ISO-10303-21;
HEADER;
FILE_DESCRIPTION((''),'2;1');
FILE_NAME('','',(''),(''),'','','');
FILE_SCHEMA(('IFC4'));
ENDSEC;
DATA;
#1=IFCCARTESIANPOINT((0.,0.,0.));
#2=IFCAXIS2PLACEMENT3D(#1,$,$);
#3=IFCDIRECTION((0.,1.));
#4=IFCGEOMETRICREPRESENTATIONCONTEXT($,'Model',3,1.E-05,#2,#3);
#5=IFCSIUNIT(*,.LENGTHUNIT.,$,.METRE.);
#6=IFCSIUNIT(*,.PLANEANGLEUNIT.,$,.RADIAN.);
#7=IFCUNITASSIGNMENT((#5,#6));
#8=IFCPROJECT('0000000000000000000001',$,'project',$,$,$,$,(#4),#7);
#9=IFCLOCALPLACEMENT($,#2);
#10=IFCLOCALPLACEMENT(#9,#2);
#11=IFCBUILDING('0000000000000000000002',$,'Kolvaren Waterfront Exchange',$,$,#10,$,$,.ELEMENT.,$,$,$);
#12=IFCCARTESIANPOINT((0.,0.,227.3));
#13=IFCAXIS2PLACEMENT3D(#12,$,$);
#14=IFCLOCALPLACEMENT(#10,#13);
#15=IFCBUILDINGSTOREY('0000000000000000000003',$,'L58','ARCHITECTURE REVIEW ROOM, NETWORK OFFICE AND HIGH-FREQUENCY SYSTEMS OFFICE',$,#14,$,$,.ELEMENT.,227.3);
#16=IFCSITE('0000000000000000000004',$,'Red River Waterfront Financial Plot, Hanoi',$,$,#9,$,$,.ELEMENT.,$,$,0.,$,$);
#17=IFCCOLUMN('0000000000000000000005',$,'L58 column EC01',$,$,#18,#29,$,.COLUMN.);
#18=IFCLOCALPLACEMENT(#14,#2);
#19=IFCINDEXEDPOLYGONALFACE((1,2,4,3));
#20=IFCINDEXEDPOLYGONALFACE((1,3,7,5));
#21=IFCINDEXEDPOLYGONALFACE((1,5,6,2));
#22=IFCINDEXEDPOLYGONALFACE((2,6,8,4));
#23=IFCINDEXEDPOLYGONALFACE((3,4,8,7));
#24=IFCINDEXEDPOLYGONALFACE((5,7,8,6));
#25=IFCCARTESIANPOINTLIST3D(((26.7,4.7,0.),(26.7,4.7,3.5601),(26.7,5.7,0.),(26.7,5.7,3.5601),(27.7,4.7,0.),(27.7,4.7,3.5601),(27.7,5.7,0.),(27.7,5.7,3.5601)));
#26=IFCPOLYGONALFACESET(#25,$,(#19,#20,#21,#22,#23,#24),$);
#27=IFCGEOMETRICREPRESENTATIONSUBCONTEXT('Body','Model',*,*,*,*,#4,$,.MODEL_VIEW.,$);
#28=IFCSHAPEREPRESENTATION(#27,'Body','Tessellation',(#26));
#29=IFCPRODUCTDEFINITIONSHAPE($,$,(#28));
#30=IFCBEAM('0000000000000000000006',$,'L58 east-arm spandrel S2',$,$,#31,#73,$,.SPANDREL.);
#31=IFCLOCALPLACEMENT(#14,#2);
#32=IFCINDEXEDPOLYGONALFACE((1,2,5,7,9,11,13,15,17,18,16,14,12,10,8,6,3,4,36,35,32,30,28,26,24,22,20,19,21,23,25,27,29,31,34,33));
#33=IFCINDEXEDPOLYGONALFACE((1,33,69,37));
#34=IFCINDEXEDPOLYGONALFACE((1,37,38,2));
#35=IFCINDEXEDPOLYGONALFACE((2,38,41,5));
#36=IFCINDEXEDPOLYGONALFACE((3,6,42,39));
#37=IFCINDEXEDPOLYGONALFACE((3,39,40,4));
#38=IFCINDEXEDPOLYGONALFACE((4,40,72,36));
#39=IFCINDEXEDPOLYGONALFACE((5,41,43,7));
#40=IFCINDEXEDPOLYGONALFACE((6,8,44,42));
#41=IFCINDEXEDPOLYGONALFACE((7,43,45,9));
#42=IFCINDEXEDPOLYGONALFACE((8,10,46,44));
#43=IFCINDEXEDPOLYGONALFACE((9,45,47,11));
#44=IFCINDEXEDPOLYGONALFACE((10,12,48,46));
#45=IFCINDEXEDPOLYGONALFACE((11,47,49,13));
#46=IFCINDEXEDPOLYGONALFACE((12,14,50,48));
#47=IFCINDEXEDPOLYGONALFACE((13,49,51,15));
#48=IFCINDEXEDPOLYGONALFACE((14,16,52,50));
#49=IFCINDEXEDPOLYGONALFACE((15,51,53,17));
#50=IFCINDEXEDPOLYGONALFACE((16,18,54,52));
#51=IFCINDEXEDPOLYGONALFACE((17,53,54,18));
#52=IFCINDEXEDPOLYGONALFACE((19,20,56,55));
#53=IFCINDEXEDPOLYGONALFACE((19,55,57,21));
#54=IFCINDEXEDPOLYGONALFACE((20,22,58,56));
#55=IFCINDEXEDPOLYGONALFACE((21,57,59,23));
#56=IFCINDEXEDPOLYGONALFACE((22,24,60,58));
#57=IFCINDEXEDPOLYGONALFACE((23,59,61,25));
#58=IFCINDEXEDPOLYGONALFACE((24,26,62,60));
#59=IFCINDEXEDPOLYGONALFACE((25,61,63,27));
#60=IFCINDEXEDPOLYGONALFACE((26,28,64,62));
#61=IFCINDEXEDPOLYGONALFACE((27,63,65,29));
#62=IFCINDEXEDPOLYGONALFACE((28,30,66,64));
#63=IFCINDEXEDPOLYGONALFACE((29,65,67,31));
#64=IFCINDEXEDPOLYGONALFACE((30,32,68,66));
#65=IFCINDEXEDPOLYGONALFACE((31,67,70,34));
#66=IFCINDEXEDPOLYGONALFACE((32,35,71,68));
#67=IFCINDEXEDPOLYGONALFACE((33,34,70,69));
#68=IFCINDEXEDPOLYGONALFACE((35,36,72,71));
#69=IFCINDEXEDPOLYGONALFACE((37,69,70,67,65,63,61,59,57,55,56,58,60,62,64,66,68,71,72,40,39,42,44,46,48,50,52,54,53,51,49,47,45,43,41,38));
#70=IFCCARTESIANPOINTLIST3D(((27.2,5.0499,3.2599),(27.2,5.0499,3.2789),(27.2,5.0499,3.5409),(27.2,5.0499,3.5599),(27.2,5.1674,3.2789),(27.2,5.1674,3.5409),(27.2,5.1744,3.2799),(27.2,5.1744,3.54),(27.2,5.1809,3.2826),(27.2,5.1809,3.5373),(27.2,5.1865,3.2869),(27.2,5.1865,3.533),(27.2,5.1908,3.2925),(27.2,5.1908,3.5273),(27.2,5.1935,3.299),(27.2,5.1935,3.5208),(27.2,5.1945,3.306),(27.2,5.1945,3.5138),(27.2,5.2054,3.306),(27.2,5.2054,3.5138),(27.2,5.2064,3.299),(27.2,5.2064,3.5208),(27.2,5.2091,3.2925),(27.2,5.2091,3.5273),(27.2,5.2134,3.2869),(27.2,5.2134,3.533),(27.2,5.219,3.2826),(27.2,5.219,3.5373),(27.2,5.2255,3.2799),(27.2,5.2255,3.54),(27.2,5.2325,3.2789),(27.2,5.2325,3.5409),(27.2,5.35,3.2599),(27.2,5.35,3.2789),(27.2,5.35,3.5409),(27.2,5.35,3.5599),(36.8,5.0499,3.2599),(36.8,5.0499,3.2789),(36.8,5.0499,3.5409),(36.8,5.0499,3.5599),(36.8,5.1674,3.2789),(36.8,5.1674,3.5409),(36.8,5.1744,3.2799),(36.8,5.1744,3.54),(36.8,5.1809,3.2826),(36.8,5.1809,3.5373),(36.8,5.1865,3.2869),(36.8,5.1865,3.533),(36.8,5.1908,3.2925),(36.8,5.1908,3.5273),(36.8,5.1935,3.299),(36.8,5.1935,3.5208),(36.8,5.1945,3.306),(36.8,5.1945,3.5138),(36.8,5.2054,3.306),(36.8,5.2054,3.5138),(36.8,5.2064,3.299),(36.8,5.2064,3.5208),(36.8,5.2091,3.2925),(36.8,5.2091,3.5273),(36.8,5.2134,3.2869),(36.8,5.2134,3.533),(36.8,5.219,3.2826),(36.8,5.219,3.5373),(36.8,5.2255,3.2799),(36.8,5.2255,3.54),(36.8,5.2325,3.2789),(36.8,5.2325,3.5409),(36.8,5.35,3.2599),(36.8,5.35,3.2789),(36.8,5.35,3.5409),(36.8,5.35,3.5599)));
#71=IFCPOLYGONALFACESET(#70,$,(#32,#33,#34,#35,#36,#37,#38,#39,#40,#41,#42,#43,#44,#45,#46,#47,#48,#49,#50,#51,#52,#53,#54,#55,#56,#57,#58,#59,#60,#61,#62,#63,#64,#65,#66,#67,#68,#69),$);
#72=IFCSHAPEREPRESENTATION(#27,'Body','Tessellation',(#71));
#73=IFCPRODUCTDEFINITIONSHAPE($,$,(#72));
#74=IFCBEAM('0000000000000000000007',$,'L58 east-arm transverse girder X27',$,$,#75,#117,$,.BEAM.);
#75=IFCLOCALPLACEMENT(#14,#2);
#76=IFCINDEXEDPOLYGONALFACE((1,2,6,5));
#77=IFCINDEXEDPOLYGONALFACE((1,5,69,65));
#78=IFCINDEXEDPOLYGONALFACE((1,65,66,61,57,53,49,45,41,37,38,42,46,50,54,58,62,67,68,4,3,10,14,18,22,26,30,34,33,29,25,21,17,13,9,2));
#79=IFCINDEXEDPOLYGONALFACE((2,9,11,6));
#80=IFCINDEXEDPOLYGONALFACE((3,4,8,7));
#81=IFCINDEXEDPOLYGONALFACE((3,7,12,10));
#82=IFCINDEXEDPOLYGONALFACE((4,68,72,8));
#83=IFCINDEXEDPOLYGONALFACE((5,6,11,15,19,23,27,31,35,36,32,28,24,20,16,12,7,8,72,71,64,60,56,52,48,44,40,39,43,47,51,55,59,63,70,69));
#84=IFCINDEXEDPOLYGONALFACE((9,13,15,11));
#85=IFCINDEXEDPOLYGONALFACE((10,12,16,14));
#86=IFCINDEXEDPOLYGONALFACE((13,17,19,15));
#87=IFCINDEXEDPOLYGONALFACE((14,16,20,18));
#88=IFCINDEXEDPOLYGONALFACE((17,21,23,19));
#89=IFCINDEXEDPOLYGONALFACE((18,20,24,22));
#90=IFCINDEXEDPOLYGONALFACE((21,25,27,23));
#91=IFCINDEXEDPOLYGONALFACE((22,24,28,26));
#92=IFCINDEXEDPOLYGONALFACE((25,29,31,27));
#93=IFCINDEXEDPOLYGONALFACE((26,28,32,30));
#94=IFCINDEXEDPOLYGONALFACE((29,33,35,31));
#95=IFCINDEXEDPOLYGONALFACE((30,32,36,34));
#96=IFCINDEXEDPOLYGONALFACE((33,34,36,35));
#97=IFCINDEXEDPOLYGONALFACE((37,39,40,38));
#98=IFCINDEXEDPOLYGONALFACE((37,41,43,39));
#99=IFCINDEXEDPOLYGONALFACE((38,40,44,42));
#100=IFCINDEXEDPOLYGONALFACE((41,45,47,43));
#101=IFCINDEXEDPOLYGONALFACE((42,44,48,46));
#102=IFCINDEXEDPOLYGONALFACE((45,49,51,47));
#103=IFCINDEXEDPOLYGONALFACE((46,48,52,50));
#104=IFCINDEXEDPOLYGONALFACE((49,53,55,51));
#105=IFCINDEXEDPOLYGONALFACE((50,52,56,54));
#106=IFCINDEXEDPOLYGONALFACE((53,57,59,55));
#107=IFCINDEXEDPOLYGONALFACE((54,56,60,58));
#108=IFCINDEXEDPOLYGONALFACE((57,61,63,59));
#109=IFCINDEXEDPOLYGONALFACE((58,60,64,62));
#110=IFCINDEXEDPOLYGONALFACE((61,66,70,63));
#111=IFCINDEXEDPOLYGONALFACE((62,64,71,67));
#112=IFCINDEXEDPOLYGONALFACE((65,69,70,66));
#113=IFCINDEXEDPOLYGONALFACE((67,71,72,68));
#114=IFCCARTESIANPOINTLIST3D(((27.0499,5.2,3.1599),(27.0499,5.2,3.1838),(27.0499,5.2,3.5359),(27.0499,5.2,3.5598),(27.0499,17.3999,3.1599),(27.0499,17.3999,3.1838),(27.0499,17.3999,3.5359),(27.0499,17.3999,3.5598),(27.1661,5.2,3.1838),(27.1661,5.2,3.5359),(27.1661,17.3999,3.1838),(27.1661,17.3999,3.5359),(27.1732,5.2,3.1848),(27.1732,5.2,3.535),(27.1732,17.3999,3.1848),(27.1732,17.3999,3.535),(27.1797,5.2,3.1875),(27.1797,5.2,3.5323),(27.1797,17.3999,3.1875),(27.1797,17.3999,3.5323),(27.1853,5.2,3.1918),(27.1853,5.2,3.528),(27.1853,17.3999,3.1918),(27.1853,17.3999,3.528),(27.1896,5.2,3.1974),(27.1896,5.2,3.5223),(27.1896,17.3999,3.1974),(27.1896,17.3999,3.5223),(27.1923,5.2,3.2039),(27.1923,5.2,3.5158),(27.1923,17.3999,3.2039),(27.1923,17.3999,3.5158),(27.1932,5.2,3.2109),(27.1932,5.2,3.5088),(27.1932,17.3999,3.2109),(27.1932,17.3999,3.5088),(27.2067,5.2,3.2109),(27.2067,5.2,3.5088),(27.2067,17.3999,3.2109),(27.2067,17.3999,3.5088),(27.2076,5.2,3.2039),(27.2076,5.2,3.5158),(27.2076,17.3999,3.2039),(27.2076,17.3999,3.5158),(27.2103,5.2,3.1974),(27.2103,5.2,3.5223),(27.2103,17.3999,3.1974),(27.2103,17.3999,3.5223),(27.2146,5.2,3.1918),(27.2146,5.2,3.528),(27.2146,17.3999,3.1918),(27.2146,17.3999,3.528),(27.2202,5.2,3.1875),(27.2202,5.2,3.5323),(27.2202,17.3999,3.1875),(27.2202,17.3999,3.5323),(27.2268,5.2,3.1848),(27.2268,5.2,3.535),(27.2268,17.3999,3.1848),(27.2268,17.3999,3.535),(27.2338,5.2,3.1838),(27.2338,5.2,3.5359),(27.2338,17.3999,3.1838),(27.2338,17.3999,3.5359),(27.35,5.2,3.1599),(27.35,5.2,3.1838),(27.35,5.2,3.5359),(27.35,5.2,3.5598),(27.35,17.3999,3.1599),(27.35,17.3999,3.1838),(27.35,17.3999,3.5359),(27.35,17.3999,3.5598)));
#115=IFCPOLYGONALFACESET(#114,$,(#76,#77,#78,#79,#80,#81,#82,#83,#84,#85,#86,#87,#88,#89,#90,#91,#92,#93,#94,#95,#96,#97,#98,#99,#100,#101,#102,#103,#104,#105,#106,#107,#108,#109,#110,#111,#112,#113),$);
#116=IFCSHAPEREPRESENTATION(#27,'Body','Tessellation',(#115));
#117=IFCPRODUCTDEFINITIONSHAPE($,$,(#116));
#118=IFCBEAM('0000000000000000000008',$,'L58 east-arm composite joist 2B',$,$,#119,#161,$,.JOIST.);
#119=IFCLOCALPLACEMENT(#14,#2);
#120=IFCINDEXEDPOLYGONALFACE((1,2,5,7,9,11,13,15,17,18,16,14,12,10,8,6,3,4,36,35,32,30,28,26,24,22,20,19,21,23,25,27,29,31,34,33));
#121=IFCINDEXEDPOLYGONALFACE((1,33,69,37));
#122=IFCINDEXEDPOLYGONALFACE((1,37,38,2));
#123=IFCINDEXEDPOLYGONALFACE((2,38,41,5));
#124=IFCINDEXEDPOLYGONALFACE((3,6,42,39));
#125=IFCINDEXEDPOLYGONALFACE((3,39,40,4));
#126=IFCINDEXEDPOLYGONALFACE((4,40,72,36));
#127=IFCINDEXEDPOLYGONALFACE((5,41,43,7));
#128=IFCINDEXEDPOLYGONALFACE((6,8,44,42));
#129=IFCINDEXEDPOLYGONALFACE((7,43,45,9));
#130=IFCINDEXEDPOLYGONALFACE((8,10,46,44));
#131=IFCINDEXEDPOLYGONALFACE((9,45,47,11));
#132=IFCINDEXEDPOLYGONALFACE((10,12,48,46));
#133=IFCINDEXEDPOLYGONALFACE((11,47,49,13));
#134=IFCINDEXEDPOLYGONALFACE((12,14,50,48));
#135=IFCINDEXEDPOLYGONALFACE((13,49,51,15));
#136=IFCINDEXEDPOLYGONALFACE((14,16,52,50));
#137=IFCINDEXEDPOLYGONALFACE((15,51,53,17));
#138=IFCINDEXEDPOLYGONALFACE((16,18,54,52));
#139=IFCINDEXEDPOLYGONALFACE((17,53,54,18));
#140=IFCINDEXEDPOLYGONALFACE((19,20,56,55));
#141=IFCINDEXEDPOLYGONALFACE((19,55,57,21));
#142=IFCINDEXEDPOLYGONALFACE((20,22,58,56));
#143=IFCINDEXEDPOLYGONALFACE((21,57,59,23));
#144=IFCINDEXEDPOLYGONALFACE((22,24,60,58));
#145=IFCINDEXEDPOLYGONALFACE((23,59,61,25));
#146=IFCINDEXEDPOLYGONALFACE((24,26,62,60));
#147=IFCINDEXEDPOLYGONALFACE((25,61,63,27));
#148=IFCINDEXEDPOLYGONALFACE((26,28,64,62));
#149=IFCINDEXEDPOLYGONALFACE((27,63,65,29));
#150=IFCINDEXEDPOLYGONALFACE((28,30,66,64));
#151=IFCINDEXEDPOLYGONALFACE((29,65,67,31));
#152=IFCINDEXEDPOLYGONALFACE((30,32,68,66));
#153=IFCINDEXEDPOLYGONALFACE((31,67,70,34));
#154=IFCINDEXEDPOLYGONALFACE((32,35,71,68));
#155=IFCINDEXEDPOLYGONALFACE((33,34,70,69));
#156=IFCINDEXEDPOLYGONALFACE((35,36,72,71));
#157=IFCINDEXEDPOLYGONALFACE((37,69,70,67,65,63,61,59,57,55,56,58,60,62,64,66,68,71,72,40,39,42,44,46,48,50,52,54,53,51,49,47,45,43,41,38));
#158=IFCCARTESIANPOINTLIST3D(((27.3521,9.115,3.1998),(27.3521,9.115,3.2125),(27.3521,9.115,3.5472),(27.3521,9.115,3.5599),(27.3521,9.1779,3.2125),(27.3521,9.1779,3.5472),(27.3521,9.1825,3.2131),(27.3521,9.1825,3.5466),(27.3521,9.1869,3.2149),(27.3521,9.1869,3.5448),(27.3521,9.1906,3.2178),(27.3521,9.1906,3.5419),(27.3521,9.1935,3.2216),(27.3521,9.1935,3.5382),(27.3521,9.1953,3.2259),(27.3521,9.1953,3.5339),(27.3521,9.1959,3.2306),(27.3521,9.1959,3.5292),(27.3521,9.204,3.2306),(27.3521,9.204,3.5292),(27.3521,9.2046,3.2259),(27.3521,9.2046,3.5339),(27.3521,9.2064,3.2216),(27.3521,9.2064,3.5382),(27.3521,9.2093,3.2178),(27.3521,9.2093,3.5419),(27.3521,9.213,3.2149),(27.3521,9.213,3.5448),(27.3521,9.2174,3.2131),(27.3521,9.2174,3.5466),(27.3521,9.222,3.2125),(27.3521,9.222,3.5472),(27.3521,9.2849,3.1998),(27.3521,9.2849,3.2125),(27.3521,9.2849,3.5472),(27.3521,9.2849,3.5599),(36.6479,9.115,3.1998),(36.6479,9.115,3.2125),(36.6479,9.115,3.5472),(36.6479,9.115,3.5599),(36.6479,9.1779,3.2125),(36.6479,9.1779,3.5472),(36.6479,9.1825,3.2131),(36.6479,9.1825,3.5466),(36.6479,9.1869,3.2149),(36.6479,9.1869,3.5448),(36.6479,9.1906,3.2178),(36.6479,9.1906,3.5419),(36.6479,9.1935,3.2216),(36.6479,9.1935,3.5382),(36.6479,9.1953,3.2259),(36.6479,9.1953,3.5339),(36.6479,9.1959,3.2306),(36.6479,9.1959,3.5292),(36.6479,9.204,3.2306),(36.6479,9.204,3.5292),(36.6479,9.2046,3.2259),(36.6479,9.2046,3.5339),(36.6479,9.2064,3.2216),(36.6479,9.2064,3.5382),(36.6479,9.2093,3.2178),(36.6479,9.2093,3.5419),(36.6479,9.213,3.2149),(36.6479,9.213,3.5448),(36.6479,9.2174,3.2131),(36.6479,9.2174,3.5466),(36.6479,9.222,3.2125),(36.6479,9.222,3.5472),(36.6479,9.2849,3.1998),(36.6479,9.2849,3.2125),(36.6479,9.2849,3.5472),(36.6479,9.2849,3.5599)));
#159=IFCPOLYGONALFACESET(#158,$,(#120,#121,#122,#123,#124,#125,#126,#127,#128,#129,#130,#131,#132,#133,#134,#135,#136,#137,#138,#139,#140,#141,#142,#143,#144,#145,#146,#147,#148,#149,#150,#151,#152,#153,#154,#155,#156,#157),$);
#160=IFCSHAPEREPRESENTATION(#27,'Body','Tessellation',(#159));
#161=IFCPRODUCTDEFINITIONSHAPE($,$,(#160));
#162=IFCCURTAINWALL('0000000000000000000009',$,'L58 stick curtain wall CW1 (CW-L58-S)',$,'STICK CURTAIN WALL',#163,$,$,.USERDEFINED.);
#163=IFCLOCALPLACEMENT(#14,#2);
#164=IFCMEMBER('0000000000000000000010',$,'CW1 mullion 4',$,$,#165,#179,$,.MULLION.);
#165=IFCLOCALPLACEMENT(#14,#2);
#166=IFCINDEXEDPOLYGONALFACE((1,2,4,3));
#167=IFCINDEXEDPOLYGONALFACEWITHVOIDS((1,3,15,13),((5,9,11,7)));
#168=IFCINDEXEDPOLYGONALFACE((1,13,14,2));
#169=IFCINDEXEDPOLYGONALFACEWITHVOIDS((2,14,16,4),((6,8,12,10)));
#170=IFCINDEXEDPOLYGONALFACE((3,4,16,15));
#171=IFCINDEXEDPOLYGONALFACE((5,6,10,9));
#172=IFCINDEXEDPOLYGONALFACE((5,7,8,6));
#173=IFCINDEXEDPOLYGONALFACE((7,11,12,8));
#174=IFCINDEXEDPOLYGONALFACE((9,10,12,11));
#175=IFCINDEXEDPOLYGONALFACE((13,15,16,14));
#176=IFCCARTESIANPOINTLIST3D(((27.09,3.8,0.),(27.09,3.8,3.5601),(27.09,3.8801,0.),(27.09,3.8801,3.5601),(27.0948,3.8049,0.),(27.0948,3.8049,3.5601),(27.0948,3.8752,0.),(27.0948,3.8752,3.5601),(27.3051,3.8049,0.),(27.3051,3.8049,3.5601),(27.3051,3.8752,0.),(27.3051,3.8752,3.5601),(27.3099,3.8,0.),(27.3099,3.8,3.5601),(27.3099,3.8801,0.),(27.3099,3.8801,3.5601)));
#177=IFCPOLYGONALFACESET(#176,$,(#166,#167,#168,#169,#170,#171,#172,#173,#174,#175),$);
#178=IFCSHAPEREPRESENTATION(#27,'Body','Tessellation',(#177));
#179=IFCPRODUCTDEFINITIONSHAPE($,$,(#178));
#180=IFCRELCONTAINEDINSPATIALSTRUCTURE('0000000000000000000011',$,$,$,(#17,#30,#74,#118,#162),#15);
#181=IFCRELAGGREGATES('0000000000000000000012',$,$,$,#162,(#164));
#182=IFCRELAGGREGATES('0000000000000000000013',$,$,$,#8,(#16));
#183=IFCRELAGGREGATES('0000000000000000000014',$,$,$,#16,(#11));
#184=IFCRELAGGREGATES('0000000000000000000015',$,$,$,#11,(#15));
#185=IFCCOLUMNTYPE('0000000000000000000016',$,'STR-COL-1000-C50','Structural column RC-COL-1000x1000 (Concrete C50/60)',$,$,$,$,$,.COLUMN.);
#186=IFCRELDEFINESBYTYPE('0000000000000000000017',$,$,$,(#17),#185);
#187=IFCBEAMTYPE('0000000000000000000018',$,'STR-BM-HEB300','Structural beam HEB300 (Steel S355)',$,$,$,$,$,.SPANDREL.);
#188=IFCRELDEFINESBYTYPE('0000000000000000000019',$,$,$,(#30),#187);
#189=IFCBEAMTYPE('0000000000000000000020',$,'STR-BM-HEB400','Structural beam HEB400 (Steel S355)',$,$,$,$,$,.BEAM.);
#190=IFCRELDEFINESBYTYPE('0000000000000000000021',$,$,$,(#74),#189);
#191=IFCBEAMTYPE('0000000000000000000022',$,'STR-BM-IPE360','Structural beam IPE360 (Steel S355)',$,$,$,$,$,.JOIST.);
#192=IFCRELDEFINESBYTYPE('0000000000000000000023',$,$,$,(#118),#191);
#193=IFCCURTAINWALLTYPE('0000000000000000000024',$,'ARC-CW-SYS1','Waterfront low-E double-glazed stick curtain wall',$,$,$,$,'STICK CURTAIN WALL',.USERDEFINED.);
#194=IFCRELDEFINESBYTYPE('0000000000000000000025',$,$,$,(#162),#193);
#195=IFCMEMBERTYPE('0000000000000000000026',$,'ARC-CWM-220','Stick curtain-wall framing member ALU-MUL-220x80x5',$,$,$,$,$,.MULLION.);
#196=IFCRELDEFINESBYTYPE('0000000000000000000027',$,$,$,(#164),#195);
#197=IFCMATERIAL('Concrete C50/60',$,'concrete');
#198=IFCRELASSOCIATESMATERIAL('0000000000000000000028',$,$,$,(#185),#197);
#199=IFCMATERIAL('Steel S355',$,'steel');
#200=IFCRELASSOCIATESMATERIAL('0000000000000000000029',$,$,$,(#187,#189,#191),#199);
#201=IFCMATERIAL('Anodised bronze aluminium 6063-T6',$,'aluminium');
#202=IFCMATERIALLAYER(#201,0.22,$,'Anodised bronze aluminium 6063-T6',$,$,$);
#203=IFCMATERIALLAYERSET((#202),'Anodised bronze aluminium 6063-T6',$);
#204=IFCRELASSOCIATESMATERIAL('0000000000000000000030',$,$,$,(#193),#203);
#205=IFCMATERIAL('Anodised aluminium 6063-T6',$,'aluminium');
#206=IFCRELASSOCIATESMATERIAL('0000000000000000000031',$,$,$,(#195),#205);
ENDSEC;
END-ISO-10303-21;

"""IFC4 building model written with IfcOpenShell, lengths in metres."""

from ifc_helpers import new_model, si_unit, direction, frame, origin, origin_with_axes, origin_2d, place, context, subcontext, project, spatial, rectangle, hollow_rectangle, i_section, extrude, source, transform, mapped, material, layer, layer_set, material_profile, profile_set, type_object, element, aggregate, save


model = new_model("IFC4")

# Units and contexts
model_context = context("Model", 3, precision=1e-05, world=origin(), true_north=direction((0.0, 1.0)))
body_context = subcontext(model_context, "Body", "Model", "MODEL_VIEW")
ifc_project = project(units=[si_unit("LENGTHUNIT", "METRE"), si_unit("PLANEANGLEUNIT", "RADIAN")], contexts=[model_context])

# Site, building, storey
site_placement = place(None, origin())
site = spatial("IfcSite", under=ifc_project, at=site_placement, Name="Red River Waterfront Financial Plot, Hanoi", CompositionType="ELEMENT", RefElevation=0.0)
building_placement = place(site_placement, origin())
building = spatial("IfcBuilding", under=site, at=building_placement, Name="Kolvaren Waterfront Exchange", CompositionType="ELEMENT")
storey_placement = place(building_placement, frame((0.0, 0.0, 227.3)))
storey = spatial("IfcBuildingStorey", under=building, at=storey_placement, Name="L58", Description="ARCHITECTURE REVIEW ROOM, NETWORK OFFICE AND HIGH-FREQUENCY SYSTEMS OFFICE", CompositionType="ELEMENT", Elevation=227.3)

# Column
ifc_material_1 = material(Name="Concrete C50/60", Category="concrete")
ifc_material_profile_1 = material_profile(ifc_material_1, rectangle(XDim=1.0, YDim=1.0, at=origin_2d()), Name="RC-COL-1000x1000")
ifc_profile_set_1 = profile_set([ifc_material_profile_1], Name="Concrete C50/60")
column_type = type_object("IfcColumnType", Name="STR-COL-1000-C50", Description="Structural column RC-COL-1000x1000 (Concrete C50/60)", PredefinedType="COLUMN", material=ifc_profile_set_1)
column_placement = place(storey_placement, frame((27.2, 5.2, 0.0), z_axis=(0.0, 0.0, 1.0), x_axis=(1.0, 0.0, 0.0)))
element("IfcColumn", 1, at=column_placement, inside=storey, type_object=column_type, Name="L58 column EC01", PredefinedType="COLUMN", context=body_context, shape_type="SweptSolid", body=[
    extrude(rectangle(XDim=1.0, YDim=1.0, at=origin_2d()), origin(), (0.0, 0.0, 1.0), 3.5601),
])

# Beams
ifc_material_2 = material(Name="Steel S355", Category="steel")
ifc_material_profile_2 = material_profile(ifc_material_2, i_section(OverallWidth=0.3, OverallDepth=0.3, WebThickness=0.011, FlangeThickness=0.019, FilletRadius=0.0271, at=origin_2d()), Name="HEB300")
ifc_profile_set_2 = profile_set([ifc_material_profile_2], Name="Steel S355")
beam_type_1 = type_object("IfcBeamType", Name="STR-BM-HEB300", Description="Structural beam HEB300 (Steel S355)", PredefinedType="SPANDREL", material=ifc_profile_set_2)
beam_1_placement = place(storey_placement, frame((27.2, 5.2, 3.4099), z_axis=(1.0, 0.0, 0.0), x_axis=(0.0, 1.0, 0.0)))
element("IfcBeam", 2, at=beam_1_placement, inside=storey, type_object=beam_type_1, Name="L58 east-arm spandrel S2", PredefinedType="SPANDREL", context=body_context, shape_type="SweptSolid", body=[
    extrude(i_section(OverallWidth=0.3, OverallDepth=0.3, WebThickness=0.011, FlangeThickness=0.019, FilletRadius=0.0271, at=origin_2d()), origin(), (0.0, 0.0, 1.0), 9.6001),
])
ifc_material_profile_3 = material_profile(ifc_material_2, i_section(OverallWidth=0.3, OverallDepth=0.3999, WebThickness=0.0134, FlangeThickness=0.0239, FilletRadius=0.0271, at=origin_2d()), Name="HEB400")
ifc_profile_set_3 = profile_set([ifc_material_profile_3], Name="Steel S355")
beam_type_2 = type_object("IfcBeamType", Name="STR-BM-HEB400", Description="Structural beam HEB400 (Steel S355)", PredefinedType="BEAM", material=ifc_profile_set_3)
beam_2_placement = place(storey_placement, frame((27.2, 5.2, 3.3599), z_axis=(0.0, 1.0, 0.0), x_axis=(-1.0, 0.0, 0.0)))
element("IfcBeam", 3, at=beam_2_placement, inside=storey, type_object=beam_type_2, Name="L58 east-arm transverse girder X27", PredefinedType="BEAM", context=body_context, shape_type="SweptSolid", body=[
    extrude(i_section(OverallWidth=0.3, OverallDepth=0.3999, WebThickness=0.0134, FlangeThickness=0.0239, FilletRadius=0.0271, at=origin_2d()), origin(), (0.0, 0.0, 1.0), 12.2),
])
ifc_material_profile_4 = material_profile(ifc_material_2, i_section(OverallWidth=0.1699, OverallDepth=0.3601, WebThickness=0.0081, FlangeThickness=0.0127, FilletRadius=0.0181, at=origin_2d()), Name="IPE360")
ifc_profile_set_4 = profile_set([ifc_material_profile_4], Name="Steel S355")
beam_type_3 = type_object("IfcBeamType", Name="STR-BM-IPE360", Description="Structural beam IPE360 (Steel S355)", PredefinedType="JOIST", material=ifc_profile_set_4)
beam_3_placement = place(storey_placement, frame((27.3521, 9.2, 3.3799), z_axis=(1.0, 0.0, 0.0), x_axis=(0.0, 1.0, 0.0)))
element("IfcBeam", 4, at=beam_3_placement, inside=storey, type_object=beam_type_3, Name="L58 east-arm composite joist 2B", PredefinedType="JOIST", context=body_context, shape_type="SweptSolid", body=[
    extrude(i_section(OverallWidth=0.1699, OverallDepth=0.3601, WebThickness=0.0081, FlangeThickness=0.0127, FilletRadius=0.0181, at=origin_2d()), origin(), (0.0, 0.0, 1.0), 9.2959),
])

# Curtain wall, member
ifc_material_3 = material(Name="Anodised bronze aluminium 6063-T6", Category="aluminium")
ifc_layer_1 = layer(ifc_material_3, 0.22, Name="Anodised bronze aluminium 6063-T6")
ifc_layer_set_1 = layer_set([ifc_layer_1], Name="Anodised bronze aluminium 6063-T6")
curtain_wall_type = type_object("IfcCurtainWallType", Name="ARC-CW-SYS1", Description="Waterfront low-E double-glazed stick curtain wall", ElementType="STICK CURTAIN WALL", PredefinedType="USERDEFINED", material=ifc_layer_set_1)
curtain_wall_placement = place(storey_placement, origin())
curtain_wall = element("IfcCurtainWall", 5, at=curtain_wall_placement, inside=storey, type_object=curtain_wall_type, Name="L58 stick curtain wall CW1 (CW-L58-S)", ObjectType="STICK CURTAIN WALL", PredefinedType="USERDEFINED")
ifc_material_4 = material(Name="Anodised aluminium 6063-T6", Category="aluminium")
ifc_material_profile_5 = material_profile(ifc_material_4, hollow_rectangle(XDim=0.0801, YDim=0.22, WallThickness=0.0049, at=origin_2d()), Name="ALU-MUL-220x80x5")
ifc_profile_set_5 = profile_set([ifc_material_profile_5], Name="Anodised aluminium 6063-T6")
member_type_1 = type_object("IfcMemberType", Name="ARC-CWM-220", Description="Stick curtain-wall framing member ALU-MUL-220x80x5", PredefinedType="MULLION", material=ifc_profile_set_5)
shared_shape_1 = source(origin_with_axes(), body_context, "Body", "SweptSolid", [
    extrude(hollow_rectangle(XDim=0.0801, YDim=0.22, WallThickness=0.0049, at=origin_2d()), origin(), (0.0, 0.0, 1.0), 3.5601),
])
member_1_placement = place(storey_placement, frame((27.2, 3.8401, 0.0), z_axis=(0.0, 0.0, 1.0), x_axis=(0.0, 1.0, 0.0)))
member_1 = element("IfcMember", 6, at=member_1_placement, type_object=member_type_1, Name="CW1 mullion 4", PredefinedType="MULLION", context=body_context, shape_type="MappedRepresentation", body=[
    mapped(shared_shape_1, transform((0.0, 0.0, 0.0), x_axis=(1.0, 0.0, 0.0), y_axis=(0.0, 1.0, 0.0), z_axis=(0.0, 0.0, 1.0), scale=1.0)),
])
aggregate(curtain_wall, [member_1])

save(model, "model.ifc")
